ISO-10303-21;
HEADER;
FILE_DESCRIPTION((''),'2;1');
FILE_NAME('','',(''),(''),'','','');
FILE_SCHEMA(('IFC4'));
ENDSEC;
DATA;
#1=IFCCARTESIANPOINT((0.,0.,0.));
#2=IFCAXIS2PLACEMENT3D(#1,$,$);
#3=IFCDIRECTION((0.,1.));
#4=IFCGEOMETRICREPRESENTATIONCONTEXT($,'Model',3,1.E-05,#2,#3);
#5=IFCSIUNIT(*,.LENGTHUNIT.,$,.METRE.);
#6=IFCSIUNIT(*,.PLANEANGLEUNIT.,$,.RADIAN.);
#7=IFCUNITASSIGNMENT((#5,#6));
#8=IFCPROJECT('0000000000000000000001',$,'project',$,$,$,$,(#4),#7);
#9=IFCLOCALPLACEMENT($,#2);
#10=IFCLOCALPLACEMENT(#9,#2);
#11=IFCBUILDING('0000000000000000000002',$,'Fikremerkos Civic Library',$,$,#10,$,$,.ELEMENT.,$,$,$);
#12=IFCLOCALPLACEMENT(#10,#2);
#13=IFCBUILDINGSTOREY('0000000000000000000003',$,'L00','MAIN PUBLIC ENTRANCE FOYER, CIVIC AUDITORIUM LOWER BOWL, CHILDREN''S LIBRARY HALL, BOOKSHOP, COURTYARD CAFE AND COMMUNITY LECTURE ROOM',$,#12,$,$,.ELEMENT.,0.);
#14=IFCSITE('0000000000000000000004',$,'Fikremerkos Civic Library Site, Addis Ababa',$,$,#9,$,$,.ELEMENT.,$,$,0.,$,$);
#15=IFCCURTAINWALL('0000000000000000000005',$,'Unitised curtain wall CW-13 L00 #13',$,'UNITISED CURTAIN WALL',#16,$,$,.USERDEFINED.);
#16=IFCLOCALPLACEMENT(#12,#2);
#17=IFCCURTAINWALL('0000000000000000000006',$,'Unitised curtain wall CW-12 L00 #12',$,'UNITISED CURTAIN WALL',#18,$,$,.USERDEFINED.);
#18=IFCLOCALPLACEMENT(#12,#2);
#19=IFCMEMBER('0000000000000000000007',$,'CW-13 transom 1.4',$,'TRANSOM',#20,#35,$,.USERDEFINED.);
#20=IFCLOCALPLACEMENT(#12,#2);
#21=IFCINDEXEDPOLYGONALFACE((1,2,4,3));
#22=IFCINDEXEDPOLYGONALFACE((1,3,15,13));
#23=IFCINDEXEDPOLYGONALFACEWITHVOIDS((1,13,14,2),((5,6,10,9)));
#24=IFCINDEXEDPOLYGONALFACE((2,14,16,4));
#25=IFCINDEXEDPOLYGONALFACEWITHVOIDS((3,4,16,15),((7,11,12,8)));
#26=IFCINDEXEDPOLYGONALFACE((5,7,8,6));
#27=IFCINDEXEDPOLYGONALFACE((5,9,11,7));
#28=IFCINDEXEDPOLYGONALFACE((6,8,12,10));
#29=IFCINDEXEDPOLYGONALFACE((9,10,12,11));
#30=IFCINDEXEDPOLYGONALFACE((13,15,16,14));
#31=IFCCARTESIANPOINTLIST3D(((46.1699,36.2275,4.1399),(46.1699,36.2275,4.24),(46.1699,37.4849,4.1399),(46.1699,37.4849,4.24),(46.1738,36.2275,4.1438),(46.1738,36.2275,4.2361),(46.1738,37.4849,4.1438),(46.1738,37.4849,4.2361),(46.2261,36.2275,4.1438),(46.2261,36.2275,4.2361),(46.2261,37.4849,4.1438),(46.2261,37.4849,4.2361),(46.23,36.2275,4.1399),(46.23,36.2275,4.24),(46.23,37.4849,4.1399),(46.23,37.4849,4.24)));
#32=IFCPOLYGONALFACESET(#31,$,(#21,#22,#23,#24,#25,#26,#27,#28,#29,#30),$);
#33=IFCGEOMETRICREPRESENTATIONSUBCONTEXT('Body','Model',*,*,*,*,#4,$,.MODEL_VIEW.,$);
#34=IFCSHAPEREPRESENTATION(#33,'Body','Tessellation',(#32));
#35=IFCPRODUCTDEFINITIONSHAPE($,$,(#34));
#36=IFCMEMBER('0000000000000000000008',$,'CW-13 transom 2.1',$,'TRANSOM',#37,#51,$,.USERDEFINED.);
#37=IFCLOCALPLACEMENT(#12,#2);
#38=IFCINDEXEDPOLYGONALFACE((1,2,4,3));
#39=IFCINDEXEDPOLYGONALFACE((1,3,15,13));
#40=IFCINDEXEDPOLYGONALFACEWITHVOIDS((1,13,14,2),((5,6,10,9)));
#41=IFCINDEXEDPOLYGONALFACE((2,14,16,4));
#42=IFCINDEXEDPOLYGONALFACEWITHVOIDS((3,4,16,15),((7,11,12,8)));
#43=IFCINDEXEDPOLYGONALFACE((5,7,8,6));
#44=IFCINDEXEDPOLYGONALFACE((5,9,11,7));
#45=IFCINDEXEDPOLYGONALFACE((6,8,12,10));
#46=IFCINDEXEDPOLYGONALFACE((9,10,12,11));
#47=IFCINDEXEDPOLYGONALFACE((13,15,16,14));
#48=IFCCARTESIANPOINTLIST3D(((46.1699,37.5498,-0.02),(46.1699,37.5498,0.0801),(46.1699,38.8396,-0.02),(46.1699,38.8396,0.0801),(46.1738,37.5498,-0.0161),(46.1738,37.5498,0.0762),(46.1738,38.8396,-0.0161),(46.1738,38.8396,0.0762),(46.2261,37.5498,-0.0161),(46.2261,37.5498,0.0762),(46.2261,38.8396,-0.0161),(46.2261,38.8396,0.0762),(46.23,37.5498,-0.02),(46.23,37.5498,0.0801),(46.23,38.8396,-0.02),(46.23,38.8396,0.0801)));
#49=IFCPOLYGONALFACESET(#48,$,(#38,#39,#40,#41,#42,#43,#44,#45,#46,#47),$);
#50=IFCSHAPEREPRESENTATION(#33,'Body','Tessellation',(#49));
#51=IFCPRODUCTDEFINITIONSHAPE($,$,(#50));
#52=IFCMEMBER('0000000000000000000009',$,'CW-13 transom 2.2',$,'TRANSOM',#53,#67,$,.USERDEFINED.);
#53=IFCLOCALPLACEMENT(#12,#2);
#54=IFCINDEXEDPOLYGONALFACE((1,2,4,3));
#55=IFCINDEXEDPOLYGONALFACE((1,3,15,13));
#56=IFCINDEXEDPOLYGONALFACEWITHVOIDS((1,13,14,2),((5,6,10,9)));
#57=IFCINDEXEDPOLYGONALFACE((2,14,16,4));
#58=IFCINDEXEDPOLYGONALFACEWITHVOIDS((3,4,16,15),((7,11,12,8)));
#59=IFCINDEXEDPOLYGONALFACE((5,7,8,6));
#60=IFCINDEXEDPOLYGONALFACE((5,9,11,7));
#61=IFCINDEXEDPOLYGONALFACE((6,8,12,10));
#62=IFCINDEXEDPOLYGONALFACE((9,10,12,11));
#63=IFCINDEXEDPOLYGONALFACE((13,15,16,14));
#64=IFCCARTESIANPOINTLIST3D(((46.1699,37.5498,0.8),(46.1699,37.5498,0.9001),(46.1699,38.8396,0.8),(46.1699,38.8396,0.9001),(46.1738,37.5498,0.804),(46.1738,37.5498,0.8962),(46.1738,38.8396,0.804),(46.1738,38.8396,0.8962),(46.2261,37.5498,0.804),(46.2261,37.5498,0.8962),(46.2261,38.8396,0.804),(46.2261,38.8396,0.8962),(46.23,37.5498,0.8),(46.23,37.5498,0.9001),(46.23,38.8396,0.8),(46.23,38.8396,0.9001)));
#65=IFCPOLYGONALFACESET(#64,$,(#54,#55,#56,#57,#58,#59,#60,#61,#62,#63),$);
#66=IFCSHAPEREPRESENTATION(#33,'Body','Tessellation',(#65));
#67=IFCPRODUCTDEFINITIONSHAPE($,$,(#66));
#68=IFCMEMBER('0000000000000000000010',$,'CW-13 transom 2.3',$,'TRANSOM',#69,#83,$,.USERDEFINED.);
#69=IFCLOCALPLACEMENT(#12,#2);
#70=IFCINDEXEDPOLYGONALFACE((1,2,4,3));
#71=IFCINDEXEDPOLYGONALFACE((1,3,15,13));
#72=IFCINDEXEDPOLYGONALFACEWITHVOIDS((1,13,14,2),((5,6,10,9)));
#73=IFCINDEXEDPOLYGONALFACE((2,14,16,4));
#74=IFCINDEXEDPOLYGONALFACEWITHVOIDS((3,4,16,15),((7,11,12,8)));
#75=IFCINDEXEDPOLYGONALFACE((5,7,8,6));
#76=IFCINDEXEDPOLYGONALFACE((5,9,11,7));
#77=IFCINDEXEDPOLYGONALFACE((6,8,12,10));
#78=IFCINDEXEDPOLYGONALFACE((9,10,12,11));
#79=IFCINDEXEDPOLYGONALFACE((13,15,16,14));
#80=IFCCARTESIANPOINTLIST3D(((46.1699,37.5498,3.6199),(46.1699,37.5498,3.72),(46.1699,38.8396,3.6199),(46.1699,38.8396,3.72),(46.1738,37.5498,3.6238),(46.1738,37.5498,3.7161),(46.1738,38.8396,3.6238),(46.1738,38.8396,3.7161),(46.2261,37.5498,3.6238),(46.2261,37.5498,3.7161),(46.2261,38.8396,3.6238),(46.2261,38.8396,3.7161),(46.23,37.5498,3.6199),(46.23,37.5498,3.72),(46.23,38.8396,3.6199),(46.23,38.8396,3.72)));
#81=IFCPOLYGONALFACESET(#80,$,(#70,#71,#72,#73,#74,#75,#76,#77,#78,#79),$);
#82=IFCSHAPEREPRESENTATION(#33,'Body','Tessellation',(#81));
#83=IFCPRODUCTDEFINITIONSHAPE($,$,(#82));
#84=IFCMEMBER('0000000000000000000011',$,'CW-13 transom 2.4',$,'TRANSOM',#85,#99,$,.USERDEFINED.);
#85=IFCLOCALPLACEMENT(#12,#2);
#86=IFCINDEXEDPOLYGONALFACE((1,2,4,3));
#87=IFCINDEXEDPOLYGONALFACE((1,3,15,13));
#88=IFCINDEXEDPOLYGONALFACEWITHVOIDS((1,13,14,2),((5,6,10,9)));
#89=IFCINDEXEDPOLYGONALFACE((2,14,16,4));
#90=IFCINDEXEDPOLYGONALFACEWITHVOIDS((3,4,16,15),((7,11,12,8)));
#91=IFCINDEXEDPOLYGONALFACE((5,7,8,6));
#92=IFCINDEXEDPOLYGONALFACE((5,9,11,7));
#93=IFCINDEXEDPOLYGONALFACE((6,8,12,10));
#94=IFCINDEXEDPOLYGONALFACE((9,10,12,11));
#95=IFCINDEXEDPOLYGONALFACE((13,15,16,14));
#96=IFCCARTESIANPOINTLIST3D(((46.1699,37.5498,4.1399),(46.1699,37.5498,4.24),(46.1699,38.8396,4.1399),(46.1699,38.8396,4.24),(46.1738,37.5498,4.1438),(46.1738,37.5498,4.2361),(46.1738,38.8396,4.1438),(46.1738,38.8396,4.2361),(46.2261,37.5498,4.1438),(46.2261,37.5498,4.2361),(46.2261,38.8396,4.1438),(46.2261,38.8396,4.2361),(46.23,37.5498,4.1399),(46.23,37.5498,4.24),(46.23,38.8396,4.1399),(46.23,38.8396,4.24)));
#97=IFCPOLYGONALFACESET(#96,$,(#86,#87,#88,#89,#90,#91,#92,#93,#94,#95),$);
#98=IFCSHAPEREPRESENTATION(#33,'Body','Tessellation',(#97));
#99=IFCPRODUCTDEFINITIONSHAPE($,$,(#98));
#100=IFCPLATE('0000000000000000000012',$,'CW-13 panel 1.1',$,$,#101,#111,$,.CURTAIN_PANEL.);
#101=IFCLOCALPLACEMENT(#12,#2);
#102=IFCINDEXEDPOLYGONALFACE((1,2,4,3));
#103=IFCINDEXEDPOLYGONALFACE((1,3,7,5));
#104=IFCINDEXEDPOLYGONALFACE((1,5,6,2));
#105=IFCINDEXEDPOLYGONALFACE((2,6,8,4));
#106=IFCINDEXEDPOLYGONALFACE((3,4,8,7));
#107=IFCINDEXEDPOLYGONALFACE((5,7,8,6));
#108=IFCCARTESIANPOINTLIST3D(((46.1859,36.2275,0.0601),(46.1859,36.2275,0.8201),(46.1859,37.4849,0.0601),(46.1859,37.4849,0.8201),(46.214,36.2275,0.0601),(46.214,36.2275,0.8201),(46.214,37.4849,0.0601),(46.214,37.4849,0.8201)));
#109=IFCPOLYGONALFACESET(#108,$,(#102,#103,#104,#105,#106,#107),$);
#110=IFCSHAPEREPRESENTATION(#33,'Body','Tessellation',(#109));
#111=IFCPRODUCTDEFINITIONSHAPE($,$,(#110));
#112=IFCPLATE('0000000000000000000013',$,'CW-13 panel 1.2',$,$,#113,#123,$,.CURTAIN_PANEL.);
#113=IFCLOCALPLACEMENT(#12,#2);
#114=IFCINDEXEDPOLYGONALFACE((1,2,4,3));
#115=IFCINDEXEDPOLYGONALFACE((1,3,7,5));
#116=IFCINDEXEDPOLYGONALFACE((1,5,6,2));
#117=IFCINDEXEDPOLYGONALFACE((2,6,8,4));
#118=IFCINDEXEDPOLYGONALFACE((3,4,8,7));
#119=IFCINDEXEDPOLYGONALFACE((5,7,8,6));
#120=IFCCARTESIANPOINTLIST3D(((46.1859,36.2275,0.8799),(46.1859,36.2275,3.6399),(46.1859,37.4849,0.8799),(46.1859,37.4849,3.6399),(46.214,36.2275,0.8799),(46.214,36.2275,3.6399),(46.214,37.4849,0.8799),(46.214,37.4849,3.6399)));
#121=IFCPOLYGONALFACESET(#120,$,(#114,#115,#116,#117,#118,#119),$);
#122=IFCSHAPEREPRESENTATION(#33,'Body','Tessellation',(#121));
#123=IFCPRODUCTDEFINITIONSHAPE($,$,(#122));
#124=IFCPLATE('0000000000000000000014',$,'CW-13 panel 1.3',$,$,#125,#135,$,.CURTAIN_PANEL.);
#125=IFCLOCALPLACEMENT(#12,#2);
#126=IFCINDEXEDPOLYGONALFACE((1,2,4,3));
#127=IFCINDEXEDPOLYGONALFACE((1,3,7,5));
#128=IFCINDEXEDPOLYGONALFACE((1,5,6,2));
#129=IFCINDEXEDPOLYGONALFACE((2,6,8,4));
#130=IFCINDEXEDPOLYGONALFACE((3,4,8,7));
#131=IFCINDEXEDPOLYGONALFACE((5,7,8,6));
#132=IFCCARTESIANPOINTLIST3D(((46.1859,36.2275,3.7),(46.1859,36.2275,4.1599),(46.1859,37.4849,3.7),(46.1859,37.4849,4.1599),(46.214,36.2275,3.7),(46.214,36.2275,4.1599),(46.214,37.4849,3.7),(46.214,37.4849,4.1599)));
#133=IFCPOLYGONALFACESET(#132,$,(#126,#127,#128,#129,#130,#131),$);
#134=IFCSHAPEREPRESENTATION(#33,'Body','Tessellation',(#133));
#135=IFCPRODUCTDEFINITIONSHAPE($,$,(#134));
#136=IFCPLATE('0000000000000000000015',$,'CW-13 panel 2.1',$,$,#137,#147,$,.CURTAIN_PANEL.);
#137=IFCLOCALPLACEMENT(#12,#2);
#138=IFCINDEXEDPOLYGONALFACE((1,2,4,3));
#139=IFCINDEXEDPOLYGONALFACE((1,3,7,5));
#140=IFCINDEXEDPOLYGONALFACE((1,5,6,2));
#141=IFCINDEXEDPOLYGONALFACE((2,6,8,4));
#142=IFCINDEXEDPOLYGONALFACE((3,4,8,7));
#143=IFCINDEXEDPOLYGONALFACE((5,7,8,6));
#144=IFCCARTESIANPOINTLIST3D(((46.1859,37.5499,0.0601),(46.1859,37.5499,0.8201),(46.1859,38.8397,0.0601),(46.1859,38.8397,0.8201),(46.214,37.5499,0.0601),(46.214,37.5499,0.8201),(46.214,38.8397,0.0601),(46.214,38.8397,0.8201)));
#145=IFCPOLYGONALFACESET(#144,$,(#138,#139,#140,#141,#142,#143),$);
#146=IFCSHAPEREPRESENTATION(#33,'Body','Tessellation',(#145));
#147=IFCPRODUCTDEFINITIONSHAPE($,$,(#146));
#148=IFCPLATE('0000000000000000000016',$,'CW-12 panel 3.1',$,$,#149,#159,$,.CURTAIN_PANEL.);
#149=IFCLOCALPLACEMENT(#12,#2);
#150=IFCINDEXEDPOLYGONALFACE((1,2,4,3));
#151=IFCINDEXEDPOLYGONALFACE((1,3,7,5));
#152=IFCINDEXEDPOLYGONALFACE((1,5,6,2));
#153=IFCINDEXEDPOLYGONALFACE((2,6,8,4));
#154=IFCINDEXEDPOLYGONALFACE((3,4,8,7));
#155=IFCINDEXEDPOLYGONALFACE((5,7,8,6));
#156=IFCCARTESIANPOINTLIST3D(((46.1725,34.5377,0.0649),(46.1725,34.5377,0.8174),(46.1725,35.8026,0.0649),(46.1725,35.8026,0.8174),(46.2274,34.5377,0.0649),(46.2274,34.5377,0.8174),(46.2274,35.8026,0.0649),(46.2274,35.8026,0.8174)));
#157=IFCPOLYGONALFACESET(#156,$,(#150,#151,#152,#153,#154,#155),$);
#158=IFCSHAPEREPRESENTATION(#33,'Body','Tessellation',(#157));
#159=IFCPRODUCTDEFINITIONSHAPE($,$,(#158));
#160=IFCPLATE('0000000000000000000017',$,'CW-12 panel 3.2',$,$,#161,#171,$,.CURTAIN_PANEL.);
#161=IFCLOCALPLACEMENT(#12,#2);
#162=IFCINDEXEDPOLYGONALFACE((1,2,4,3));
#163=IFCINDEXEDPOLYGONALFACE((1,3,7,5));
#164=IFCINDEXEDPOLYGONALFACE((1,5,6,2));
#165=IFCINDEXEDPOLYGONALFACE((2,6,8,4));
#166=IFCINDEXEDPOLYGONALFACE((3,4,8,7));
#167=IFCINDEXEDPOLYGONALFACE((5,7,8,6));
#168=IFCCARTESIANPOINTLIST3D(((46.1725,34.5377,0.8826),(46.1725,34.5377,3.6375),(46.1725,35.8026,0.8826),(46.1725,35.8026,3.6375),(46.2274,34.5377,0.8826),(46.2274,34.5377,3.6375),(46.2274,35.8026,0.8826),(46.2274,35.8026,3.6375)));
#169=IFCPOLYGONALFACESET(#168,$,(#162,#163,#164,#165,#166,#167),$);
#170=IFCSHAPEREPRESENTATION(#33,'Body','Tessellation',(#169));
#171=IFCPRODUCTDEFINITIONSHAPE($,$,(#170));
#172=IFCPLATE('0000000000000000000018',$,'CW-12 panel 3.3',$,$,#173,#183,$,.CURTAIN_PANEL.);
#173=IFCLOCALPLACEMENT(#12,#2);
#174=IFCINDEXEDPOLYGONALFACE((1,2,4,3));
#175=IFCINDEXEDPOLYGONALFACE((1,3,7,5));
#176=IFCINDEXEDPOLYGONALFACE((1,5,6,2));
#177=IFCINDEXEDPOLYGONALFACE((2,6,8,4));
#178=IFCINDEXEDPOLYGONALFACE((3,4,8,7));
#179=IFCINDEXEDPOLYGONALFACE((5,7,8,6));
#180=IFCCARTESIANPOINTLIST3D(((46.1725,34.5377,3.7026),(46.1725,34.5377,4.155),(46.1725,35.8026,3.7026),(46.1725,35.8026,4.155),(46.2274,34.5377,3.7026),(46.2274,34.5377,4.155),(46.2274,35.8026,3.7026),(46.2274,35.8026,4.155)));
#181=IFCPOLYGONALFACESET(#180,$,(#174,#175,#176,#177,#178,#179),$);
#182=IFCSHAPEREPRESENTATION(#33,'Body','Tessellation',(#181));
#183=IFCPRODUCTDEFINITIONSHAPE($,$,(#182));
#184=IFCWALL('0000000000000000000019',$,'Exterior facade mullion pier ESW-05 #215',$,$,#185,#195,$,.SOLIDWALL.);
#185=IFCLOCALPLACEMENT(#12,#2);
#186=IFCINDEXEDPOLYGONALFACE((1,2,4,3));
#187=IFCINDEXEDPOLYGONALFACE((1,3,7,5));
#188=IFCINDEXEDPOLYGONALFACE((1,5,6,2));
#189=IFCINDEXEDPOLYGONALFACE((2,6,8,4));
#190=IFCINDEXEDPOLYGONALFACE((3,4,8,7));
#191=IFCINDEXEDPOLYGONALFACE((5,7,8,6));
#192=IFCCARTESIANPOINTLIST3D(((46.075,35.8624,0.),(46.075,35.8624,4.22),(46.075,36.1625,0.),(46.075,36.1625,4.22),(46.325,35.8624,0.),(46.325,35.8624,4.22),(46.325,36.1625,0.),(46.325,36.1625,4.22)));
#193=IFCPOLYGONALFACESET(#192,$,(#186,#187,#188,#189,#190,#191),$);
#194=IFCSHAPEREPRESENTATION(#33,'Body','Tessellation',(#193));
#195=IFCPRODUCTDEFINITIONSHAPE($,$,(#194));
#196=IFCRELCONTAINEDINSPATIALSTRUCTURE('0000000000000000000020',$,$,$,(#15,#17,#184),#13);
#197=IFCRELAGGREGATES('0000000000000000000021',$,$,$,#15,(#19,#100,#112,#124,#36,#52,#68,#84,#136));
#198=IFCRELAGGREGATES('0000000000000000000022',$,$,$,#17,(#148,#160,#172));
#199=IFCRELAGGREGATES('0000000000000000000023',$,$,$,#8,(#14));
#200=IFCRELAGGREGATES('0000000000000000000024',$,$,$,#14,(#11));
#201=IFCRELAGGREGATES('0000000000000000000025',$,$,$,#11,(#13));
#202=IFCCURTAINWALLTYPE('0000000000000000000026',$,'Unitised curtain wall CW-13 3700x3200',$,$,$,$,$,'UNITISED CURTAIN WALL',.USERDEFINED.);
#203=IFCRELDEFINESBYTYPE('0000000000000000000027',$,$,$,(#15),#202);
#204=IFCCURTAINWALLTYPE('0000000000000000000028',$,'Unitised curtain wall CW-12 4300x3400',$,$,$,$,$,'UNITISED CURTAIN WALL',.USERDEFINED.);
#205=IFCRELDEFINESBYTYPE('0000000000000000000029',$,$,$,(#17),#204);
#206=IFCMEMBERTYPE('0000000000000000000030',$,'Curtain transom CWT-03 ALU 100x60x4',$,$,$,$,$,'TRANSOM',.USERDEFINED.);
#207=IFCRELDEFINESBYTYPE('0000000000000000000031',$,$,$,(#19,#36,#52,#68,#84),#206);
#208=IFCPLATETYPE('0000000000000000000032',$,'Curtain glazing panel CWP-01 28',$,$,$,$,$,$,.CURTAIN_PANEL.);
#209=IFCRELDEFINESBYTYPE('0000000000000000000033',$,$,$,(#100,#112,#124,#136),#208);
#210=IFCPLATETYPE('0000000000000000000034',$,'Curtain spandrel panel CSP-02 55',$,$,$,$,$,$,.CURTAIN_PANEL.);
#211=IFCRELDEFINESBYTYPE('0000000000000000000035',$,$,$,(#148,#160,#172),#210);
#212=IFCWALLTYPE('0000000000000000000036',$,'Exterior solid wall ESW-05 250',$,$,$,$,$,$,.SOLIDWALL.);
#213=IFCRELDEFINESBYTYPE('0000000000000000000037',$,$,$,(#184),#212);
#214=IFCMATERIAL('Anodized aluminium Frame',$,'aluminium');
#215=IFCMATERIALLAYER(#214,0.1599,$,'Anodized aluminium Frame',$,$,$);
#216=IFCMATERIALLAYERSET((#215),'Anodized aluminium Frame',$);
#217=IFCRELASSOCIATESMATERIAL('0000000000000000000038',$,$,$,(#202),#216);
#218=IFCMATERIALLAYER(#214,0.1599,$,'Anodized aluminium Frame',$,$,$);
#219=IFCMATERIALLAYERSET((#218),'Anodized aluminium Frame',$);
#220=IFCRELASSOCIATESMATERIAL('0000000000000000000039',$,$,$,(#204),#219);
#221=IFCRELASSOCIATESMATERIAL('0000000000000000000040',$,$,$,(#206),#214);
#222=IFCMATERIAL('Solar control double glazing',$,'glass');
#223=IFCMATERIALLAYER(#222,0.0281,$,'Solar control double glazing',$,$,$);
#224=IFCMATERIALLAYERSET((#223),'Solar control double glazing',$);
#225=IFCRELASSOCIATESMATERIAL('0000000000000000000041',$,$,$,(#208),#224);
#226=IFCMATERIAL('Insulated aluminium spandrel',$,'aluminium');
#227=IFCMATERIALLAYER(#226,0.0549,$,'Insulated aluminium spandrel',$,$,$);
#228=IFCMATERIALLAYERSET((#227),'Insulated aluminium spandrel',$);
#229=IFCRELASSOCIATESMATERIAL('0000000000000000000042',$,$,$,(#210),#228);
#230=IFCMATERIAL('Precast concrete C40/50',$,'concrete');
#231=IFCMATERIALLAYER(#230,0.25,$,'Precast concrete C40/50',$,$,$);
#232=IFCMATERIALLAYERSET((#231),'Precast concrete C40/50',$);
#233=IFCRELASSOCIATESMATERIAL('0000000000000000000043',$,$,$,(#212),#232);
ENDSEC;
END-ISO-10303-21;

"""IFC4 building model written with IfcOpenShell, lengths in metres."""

from ifc_helpers import new_model, si_unit, direction, frame, frame_2d, origin, origin_2d, place, context, subcontext, project, spatial, rectangle, hollow_rectangle, extrude, material, layer, layer_set, material_profile, profile_set, type_object, element, aggregate, save


model = new_model("IFC4")

# Units and contexts
model_context = context("Model", 3, precision=1e-05, world=origin(), true_north=direction((0.0, 1.0)))
body_context = subcontext(model_context, "Body", "Model", "MODEL_VIEW")
ifc_project = project(units=[si_unit("LENGTHUNIT", "METRE"), si_unit("PLANEANGLEUNIT", "RADIAN")], contexts=[model_context])

# Site, building, storey
site_placement = place(None, origin())
site = spatial("IfcSite", under=ifc_project, at=site_placement, Name="Fikremerkos Civic Library Site, Addis Ababa", CompositionType="ELEMENT", RefElevation=0.0)
building_placement = place(site_placement, origin())
building = spatial("IfcBuilding", under=site, at=building_placement, Name="Fikremerkos Civic Library", CompositionType="ELEMENT")
storey_placement = place(building_placement, origin())
storey = spatial("IfcBuildingStorey", under=building, at=storey_placement, Name="L00", Description="MAIN PUBLIC ENTRANCE FOYER, CIVIC AUDITORIUM LOWER BOWL, CHILDREN'S LIBRARY HALL, BOOKSHOP, COURTYARD CAFE AND COMMUNITY LECTURE ROOM", CompositionType="ELEMENT", Elevation=0.0)

# Curtain walls
ifc_material_1 = material(Name="Anodized aluminium Frame", Category="aluminium")
ifc_layer_1 = layer(ifc_material_1, 0.1599, Name="Anodized aluminium Frame")
ifc_layer_set_1 = layer_set([ifc_layer_1], Name="Anodized aluminium Frame")
curtain_wall_type_1 = type_object("IfcCurtainWallType", Name="Unitised curtain wall CW-13 3700x3200", ElementType="UNITISED CURTAIN WALL", PredefinedType="USERDEFINED", material=ifc_layer_set_1)
curtain_wall_1_placement = place(storey_placement, origin())
curtain_wall_1 = element("IfcCurtainWall", 1, at=curtain_wall_1_placement, inside=storey, type_object=curtain_wall_type_1, Name="Unitised curtain wall CW-13 L00 #13", ObjectType="UNITISED CURTAIN WALL", PredefinedType="USERDEFINED")
ifc_layer_2 = layer(ifc_material_1, 0.1599, Name="Anodized aluminium Frame")
ifc_layer_set_2 = layer_set([ifc_layer_2], Name="Anodized aluminium Frame")
curtain_wall_type_2 = type_object("IfcCurtainWallType", Name="Unitised curtain wall CW-12 4300x3400", ElementType="UNITISED CURTAIN WALL", PredefinedType="USERDEFINED", material=ifc_layer_set_2)
curtain_wall_2_placement = place(storey_placement, origin())
curtain_wall_2 = element("IfcCurtainWall", 2, at=curtain_wall_2_placement, inside=storey, type_object=curtain_wall_type_2, Name="Unitised curtain wall CW-12 L00 #12", ObjectType="UNITISED CURTAIN WALL", PredefinedType="USERDEFINED")

# Members
ifc_material_profile_1 = material_profile(ifc_material_1, hollow_rectangle(XDim=0.0601, YDim=0.1001, WallThickness=0.0039, at=origin_2d()), Name="ALU 100x60x4")
ifc_profile_set_1 = profile_set([ifc_material_profile_1], Name="Anodized aluminium Frame")
member_type_1 = type_object("IfcMemberType", Name="Curtain transom CWT-03 ALU 100x60x4", ElementType="TRANSOM", PredefinedType="USERDEFINED", material=ifc_profile_set_1)
member_1_placement = place(storey_placement, frame((46.2, 36.2275, 4.1899), z_axis=(0.0, 1.0, 0.0), x_axis=(-1.0, 0.0, 0.0)))
member_1 = element("IfcMember", 3, at=member_1_placement, type_object=member_type_1, Name="CW-13 transom 1.4", ObjectType="TRANSOM", PredefinedType="USERDEFINED", context=body_context, shape_type="SweptSolid", body=[
    extrude(hollow_rectangle(XDim=0.0601, YDim=0.1001, WallThickness=0.0039, at=origin_2d()), origin(), (0.0, 0.0, 1.0), 1.2573),
])
member_2_placement = place(storey_placement, frame((46.2, 37.5498, 0.03), z_axis=(0.0, 1.0, 0.0), x_axis=(-1.0, 0.0, 0.0)))
member_2 = element("IfcMember", 4, at=member_2_placement, type_object=member_type_1, Name="CW-13 transom 2.1", ObjectType="TRANSOM", PredefinedType="USERDEFINED", context=body_context, shape_type="SweptSolid", body=[
    extrude(hollow_rectangle(XDim=0.0601, YDim=0.1001, WallThickness=0.0039, at=origin_2d()), origin(), (0.0, 0.0, 1.0), 1.2898),
])
member_3_placement = place(storey_placement, frame((46.2, 37.5498, 0.8501), z_axis=(0.0, 1.0, 0.0), x_axis=(-1.0, 0.0, 0.0)))
member_3 = element("IfcMember", 5, at=member_3_placement, type_object=member_type_1, Name="CW-13 transom 2.2", ObjectType="TRANSOM", PredefinedType="USERDEFINED", context=body_context, shape_type="SweptSolid", body=[
    extrude(hollow_rectangle(XDim=0.0601, YDim=0.1001, WallThickness=0.0039, at=origin_2d()), origin(), (0.0, 0.0, 1.0), 1.2898),
])
member_4_placement = place(storey_placement, frame((46.2, 37.5498, 3.6699), z_axis=(0.0, 1.0, 0.0), x_axis=(-1.0, 0.0, 0.0)))
member_4 = element("IfcMember", 6, at=member_4_placement, type_object=member_type_1, Name="CW-13 transom 2.3", ObjectType="TRANSOM", PredefinedType="USERDEFINED", context=body_context, shape_type="SweptSolid", body=[
    extrude(hollow_rectangle(XDim=0.0601, YDim=0.1001, WallThickness=0.0039, at=origin_2d()), origin(), (0.0, 0.0, 1.0), 1.2898),
])
member_5_placement = place(storey_placement, frame((46.2, 37.5498, 4.1899), z_axis=(0.0, 1.0, 0.0), x_axis=(-1.0, 0.0, 0.0)))
member_5 = element("IfcMember", 7, at=member_5_placement, type_object=member_type_1, Name="CW-13 transom 2.4", ObjectType="TRANSOM", PredefinedType="USERDEFINED", context=body_context, shape_type="SweptSolid", body=[
    extrude(hollow_rectangle(XDim=0.0601, YDim=0.1001, WallThickness=0.0039, at=origin_2d()), origin(), (0.0, 0.0, 1.0), 1.2898),
])

# Plates
ifc_material_2 = material(Name="Solar control double glazing", Category="glass")
ifc_layer_3 = layer(ifc_material_2, 0.0281, Name="Solar control double glazing")
ifc_layer_set_3 = layer_set([ifc_layer_3], Name="Solar control double glazing")
plate_type_1 = type_object("IfcPlateType", Name="Curtain glazing panel CWP-01 28", PredefinedType="CURTAIN_PANEL", material=ifc_layer_set_3)
plate_1_placement = place(storey_placement, frame((46.2, 36.8562, 0.0601), z_axis=(0.0, 0.0, 1.0), x_axis=(0.0, 1.0, 0.0)))
plate_1 = element("IfcPlate", 8, at=plate_1_placement, type_object=plate_type_1, Name="CW-13 panel 1.1", PredefinedType="CURTAIN_PANEL", context=body_context, shape_type="SweptSolid", body=[
    extrude(rectangle(XDim=1.2573, YDim=0.0281, at=origin_2d()), origin(), (0.0, 0.0, 1.0), 0.76),
])
plate_2_placement = place(storey_placement, frame((46.2, 36.8562, 0.8799), z_axis=(0.0, 0.0, 1.0), x_axis=(0.0, 1.0, 0.0)))
plate_2 = element("IfcPlate", 9, at=plate_2_placement, type_object=plate_type_1, Name="CW-13 panel 1.2", PredefinedType="CURTAIN_PANEL", context=body_context, shape_type="SweptSolid", body=[
    extrude(rectangle(XDim=1.2573, YDim=0.0281, at=origin_2d()), origin(), (0.0, 0.0, 1.0), 2.76),
])
plate_3_placement = place(storey_placement, frame((46.2, 36.8562, 3.7), z_axis=(0.0, 0.0, 1.0), x_axis=(0.0, 1.0, 0.0)))
plate_3 = element("IfcPlate", 10, at=plate_3_placement, type_object=plate_type_1, Name="CW-13 panel 1.3", PredefinedType="CURTAIN_PANEL", context=body_context, shape_type="SweptSolid", body=[
    extrude(rectangle(XDim=1.2573, YDim=0.0281, at=origin_2d()), origin(), (0.0, 0.0, 1.0), 0.46),
])
plate_4_placement = place(storey_placement, frame((46.2, 38.1948, 0.0601), z_axis=(0.0, 0.0, 1.0), x_axis=(0.0, 1.0, 0.0)))
plate_4 = element("IfcPlate", 11, at=plate_4_placement, type_object=plate_type_1, Name="CW-13 panel 2.1", PredefinedType="CURTAIN_PANEL", context=body_context, shape_type="SweptSolid", body=[
    extrude(rectangle(XDim=1.2898, YDim=0.0281, at=origin_2d()), origin(), (0.0, 0.0, 1.0), 0.76),
])
aggregate(curtain_wall_1, [member_1, plate_1, plate_2, plate_3, member_2, member_3, member_4, member_5, plate_4])
ifc_material_3 = material(Name="Insulated aluminium spandrel", Category="aluminium")
ifc_layer_4 = layer(ifc_material_3, 0.0549, Name="Insulated aluminium spandrel")
ifc_layer_set_4 = layer_set([ifc_layer_4], Name="Insulated aluminium spandrel")
plate_type_2 = type_object("IfcPlateType", Name="Curtain spandrel panel CSP-02 55", PredefinedType="CURTAIN_PANEL", material=ifc_layer_set_4)
plate_5_placement = place(storey_placement, frame((46.2, 35.1702, 0.0649), z_axis=(0.0, 0.0, 1.0), x_axis=(0.0, 1.0, 0.0)))
plate_5 = element("IfcPlate", 12, at=plate_5_placement, type_object=plate_type_2, Name="CW-12 panel 3.1", PredefinedType="CURTAIN_PANEL", context=body_context, shape_type="SweptSolid", body=[
    extrude(rectangle(XDim=1.2649, YDim=0.0549, at=origin_2d()), origin(), (0.0, 0.0, 1.0), 0.7524),
])
plate_6_placement = place(storey_placement, frame((46.2, 35.1702, 0.8826), z_axis=(0.0, 0.0, 1.0), x_axis=(0.0, 1.0, 0.0)))
plate_6 = element("IfcPlate", 13, at=plate_6_placement, type_object=plate_type_2, Name="CW-12 panel 3.2", PredefinedType="CURTAIN_PANEL", context=body_context, shape_type="SweptSolid", body=[
    extrude(rectangle(XDim=1.2649, YDim=0.0549, at=origin_2d()), origin(), (0.0, 0.0, 1.0), 2.7549),
])
plate_7_placement = place(storey_placement, frame((46.2, 35.1702, 3.7026), z_axis=(0.0, 0.0, 1.0), x_axis=(0.0, 1.0, 0.0)))
plate_7 = element("IfcPlate", 14, at=plate_7_placement, type_object=plate_type_2, Name="CW-12 panel 3.3", PredefinedType="CURTAIN_PANEL", context=body_context, shape_type="SweptSolid", body=[
    extrude(rectangle(XDim=1.2649, YDim=0.0549, at=origin_2d()), origin(), (0.0, 0.0, 1.0), 0.4524),
])
aggregate(curtain_wall_2, [plate_5, plate_6, plate_7])

# Wall
ifc_material_4 = material(Name="Precast concrete C40/50", Category="concrete")
ifc_layer_5 = layer(ifc_material_4, 0.25, Name="Precast concrete C40/50")
ifc_layer_set_5 = layer_set([ifc_layer_5], Name="Precast concrete C40/50")
wall_type = type_object("IfcWallType", Name="Exterior solid wall ESW-05 250", PredefinedType="SOLIDWALL", material=ifc_layer_set_5)
wall_placement = place(storey_placement, frame((46.2, 35.8625, 0.0), z_axis=(0.0, 0.0, 1.0), x_axis=(0.0, 1.0, 0.0)))
element("IfcWall", 15, at=wall_placement, inside=storey, type_object=wall_type, Name="Exterior facade mullion pier ESW-05 #215", PredefinedType="SOLIDWALL", context=body_context, shape_type="SweptSolid", body=[
    extrude(rectangle(XDim=0.3, YDim=0.25, at=frame_2d((0.1499, 0.0))), origin(), (0.0, 0.0, 1.0), 4.22),
])

save(model, "model.ifc")
